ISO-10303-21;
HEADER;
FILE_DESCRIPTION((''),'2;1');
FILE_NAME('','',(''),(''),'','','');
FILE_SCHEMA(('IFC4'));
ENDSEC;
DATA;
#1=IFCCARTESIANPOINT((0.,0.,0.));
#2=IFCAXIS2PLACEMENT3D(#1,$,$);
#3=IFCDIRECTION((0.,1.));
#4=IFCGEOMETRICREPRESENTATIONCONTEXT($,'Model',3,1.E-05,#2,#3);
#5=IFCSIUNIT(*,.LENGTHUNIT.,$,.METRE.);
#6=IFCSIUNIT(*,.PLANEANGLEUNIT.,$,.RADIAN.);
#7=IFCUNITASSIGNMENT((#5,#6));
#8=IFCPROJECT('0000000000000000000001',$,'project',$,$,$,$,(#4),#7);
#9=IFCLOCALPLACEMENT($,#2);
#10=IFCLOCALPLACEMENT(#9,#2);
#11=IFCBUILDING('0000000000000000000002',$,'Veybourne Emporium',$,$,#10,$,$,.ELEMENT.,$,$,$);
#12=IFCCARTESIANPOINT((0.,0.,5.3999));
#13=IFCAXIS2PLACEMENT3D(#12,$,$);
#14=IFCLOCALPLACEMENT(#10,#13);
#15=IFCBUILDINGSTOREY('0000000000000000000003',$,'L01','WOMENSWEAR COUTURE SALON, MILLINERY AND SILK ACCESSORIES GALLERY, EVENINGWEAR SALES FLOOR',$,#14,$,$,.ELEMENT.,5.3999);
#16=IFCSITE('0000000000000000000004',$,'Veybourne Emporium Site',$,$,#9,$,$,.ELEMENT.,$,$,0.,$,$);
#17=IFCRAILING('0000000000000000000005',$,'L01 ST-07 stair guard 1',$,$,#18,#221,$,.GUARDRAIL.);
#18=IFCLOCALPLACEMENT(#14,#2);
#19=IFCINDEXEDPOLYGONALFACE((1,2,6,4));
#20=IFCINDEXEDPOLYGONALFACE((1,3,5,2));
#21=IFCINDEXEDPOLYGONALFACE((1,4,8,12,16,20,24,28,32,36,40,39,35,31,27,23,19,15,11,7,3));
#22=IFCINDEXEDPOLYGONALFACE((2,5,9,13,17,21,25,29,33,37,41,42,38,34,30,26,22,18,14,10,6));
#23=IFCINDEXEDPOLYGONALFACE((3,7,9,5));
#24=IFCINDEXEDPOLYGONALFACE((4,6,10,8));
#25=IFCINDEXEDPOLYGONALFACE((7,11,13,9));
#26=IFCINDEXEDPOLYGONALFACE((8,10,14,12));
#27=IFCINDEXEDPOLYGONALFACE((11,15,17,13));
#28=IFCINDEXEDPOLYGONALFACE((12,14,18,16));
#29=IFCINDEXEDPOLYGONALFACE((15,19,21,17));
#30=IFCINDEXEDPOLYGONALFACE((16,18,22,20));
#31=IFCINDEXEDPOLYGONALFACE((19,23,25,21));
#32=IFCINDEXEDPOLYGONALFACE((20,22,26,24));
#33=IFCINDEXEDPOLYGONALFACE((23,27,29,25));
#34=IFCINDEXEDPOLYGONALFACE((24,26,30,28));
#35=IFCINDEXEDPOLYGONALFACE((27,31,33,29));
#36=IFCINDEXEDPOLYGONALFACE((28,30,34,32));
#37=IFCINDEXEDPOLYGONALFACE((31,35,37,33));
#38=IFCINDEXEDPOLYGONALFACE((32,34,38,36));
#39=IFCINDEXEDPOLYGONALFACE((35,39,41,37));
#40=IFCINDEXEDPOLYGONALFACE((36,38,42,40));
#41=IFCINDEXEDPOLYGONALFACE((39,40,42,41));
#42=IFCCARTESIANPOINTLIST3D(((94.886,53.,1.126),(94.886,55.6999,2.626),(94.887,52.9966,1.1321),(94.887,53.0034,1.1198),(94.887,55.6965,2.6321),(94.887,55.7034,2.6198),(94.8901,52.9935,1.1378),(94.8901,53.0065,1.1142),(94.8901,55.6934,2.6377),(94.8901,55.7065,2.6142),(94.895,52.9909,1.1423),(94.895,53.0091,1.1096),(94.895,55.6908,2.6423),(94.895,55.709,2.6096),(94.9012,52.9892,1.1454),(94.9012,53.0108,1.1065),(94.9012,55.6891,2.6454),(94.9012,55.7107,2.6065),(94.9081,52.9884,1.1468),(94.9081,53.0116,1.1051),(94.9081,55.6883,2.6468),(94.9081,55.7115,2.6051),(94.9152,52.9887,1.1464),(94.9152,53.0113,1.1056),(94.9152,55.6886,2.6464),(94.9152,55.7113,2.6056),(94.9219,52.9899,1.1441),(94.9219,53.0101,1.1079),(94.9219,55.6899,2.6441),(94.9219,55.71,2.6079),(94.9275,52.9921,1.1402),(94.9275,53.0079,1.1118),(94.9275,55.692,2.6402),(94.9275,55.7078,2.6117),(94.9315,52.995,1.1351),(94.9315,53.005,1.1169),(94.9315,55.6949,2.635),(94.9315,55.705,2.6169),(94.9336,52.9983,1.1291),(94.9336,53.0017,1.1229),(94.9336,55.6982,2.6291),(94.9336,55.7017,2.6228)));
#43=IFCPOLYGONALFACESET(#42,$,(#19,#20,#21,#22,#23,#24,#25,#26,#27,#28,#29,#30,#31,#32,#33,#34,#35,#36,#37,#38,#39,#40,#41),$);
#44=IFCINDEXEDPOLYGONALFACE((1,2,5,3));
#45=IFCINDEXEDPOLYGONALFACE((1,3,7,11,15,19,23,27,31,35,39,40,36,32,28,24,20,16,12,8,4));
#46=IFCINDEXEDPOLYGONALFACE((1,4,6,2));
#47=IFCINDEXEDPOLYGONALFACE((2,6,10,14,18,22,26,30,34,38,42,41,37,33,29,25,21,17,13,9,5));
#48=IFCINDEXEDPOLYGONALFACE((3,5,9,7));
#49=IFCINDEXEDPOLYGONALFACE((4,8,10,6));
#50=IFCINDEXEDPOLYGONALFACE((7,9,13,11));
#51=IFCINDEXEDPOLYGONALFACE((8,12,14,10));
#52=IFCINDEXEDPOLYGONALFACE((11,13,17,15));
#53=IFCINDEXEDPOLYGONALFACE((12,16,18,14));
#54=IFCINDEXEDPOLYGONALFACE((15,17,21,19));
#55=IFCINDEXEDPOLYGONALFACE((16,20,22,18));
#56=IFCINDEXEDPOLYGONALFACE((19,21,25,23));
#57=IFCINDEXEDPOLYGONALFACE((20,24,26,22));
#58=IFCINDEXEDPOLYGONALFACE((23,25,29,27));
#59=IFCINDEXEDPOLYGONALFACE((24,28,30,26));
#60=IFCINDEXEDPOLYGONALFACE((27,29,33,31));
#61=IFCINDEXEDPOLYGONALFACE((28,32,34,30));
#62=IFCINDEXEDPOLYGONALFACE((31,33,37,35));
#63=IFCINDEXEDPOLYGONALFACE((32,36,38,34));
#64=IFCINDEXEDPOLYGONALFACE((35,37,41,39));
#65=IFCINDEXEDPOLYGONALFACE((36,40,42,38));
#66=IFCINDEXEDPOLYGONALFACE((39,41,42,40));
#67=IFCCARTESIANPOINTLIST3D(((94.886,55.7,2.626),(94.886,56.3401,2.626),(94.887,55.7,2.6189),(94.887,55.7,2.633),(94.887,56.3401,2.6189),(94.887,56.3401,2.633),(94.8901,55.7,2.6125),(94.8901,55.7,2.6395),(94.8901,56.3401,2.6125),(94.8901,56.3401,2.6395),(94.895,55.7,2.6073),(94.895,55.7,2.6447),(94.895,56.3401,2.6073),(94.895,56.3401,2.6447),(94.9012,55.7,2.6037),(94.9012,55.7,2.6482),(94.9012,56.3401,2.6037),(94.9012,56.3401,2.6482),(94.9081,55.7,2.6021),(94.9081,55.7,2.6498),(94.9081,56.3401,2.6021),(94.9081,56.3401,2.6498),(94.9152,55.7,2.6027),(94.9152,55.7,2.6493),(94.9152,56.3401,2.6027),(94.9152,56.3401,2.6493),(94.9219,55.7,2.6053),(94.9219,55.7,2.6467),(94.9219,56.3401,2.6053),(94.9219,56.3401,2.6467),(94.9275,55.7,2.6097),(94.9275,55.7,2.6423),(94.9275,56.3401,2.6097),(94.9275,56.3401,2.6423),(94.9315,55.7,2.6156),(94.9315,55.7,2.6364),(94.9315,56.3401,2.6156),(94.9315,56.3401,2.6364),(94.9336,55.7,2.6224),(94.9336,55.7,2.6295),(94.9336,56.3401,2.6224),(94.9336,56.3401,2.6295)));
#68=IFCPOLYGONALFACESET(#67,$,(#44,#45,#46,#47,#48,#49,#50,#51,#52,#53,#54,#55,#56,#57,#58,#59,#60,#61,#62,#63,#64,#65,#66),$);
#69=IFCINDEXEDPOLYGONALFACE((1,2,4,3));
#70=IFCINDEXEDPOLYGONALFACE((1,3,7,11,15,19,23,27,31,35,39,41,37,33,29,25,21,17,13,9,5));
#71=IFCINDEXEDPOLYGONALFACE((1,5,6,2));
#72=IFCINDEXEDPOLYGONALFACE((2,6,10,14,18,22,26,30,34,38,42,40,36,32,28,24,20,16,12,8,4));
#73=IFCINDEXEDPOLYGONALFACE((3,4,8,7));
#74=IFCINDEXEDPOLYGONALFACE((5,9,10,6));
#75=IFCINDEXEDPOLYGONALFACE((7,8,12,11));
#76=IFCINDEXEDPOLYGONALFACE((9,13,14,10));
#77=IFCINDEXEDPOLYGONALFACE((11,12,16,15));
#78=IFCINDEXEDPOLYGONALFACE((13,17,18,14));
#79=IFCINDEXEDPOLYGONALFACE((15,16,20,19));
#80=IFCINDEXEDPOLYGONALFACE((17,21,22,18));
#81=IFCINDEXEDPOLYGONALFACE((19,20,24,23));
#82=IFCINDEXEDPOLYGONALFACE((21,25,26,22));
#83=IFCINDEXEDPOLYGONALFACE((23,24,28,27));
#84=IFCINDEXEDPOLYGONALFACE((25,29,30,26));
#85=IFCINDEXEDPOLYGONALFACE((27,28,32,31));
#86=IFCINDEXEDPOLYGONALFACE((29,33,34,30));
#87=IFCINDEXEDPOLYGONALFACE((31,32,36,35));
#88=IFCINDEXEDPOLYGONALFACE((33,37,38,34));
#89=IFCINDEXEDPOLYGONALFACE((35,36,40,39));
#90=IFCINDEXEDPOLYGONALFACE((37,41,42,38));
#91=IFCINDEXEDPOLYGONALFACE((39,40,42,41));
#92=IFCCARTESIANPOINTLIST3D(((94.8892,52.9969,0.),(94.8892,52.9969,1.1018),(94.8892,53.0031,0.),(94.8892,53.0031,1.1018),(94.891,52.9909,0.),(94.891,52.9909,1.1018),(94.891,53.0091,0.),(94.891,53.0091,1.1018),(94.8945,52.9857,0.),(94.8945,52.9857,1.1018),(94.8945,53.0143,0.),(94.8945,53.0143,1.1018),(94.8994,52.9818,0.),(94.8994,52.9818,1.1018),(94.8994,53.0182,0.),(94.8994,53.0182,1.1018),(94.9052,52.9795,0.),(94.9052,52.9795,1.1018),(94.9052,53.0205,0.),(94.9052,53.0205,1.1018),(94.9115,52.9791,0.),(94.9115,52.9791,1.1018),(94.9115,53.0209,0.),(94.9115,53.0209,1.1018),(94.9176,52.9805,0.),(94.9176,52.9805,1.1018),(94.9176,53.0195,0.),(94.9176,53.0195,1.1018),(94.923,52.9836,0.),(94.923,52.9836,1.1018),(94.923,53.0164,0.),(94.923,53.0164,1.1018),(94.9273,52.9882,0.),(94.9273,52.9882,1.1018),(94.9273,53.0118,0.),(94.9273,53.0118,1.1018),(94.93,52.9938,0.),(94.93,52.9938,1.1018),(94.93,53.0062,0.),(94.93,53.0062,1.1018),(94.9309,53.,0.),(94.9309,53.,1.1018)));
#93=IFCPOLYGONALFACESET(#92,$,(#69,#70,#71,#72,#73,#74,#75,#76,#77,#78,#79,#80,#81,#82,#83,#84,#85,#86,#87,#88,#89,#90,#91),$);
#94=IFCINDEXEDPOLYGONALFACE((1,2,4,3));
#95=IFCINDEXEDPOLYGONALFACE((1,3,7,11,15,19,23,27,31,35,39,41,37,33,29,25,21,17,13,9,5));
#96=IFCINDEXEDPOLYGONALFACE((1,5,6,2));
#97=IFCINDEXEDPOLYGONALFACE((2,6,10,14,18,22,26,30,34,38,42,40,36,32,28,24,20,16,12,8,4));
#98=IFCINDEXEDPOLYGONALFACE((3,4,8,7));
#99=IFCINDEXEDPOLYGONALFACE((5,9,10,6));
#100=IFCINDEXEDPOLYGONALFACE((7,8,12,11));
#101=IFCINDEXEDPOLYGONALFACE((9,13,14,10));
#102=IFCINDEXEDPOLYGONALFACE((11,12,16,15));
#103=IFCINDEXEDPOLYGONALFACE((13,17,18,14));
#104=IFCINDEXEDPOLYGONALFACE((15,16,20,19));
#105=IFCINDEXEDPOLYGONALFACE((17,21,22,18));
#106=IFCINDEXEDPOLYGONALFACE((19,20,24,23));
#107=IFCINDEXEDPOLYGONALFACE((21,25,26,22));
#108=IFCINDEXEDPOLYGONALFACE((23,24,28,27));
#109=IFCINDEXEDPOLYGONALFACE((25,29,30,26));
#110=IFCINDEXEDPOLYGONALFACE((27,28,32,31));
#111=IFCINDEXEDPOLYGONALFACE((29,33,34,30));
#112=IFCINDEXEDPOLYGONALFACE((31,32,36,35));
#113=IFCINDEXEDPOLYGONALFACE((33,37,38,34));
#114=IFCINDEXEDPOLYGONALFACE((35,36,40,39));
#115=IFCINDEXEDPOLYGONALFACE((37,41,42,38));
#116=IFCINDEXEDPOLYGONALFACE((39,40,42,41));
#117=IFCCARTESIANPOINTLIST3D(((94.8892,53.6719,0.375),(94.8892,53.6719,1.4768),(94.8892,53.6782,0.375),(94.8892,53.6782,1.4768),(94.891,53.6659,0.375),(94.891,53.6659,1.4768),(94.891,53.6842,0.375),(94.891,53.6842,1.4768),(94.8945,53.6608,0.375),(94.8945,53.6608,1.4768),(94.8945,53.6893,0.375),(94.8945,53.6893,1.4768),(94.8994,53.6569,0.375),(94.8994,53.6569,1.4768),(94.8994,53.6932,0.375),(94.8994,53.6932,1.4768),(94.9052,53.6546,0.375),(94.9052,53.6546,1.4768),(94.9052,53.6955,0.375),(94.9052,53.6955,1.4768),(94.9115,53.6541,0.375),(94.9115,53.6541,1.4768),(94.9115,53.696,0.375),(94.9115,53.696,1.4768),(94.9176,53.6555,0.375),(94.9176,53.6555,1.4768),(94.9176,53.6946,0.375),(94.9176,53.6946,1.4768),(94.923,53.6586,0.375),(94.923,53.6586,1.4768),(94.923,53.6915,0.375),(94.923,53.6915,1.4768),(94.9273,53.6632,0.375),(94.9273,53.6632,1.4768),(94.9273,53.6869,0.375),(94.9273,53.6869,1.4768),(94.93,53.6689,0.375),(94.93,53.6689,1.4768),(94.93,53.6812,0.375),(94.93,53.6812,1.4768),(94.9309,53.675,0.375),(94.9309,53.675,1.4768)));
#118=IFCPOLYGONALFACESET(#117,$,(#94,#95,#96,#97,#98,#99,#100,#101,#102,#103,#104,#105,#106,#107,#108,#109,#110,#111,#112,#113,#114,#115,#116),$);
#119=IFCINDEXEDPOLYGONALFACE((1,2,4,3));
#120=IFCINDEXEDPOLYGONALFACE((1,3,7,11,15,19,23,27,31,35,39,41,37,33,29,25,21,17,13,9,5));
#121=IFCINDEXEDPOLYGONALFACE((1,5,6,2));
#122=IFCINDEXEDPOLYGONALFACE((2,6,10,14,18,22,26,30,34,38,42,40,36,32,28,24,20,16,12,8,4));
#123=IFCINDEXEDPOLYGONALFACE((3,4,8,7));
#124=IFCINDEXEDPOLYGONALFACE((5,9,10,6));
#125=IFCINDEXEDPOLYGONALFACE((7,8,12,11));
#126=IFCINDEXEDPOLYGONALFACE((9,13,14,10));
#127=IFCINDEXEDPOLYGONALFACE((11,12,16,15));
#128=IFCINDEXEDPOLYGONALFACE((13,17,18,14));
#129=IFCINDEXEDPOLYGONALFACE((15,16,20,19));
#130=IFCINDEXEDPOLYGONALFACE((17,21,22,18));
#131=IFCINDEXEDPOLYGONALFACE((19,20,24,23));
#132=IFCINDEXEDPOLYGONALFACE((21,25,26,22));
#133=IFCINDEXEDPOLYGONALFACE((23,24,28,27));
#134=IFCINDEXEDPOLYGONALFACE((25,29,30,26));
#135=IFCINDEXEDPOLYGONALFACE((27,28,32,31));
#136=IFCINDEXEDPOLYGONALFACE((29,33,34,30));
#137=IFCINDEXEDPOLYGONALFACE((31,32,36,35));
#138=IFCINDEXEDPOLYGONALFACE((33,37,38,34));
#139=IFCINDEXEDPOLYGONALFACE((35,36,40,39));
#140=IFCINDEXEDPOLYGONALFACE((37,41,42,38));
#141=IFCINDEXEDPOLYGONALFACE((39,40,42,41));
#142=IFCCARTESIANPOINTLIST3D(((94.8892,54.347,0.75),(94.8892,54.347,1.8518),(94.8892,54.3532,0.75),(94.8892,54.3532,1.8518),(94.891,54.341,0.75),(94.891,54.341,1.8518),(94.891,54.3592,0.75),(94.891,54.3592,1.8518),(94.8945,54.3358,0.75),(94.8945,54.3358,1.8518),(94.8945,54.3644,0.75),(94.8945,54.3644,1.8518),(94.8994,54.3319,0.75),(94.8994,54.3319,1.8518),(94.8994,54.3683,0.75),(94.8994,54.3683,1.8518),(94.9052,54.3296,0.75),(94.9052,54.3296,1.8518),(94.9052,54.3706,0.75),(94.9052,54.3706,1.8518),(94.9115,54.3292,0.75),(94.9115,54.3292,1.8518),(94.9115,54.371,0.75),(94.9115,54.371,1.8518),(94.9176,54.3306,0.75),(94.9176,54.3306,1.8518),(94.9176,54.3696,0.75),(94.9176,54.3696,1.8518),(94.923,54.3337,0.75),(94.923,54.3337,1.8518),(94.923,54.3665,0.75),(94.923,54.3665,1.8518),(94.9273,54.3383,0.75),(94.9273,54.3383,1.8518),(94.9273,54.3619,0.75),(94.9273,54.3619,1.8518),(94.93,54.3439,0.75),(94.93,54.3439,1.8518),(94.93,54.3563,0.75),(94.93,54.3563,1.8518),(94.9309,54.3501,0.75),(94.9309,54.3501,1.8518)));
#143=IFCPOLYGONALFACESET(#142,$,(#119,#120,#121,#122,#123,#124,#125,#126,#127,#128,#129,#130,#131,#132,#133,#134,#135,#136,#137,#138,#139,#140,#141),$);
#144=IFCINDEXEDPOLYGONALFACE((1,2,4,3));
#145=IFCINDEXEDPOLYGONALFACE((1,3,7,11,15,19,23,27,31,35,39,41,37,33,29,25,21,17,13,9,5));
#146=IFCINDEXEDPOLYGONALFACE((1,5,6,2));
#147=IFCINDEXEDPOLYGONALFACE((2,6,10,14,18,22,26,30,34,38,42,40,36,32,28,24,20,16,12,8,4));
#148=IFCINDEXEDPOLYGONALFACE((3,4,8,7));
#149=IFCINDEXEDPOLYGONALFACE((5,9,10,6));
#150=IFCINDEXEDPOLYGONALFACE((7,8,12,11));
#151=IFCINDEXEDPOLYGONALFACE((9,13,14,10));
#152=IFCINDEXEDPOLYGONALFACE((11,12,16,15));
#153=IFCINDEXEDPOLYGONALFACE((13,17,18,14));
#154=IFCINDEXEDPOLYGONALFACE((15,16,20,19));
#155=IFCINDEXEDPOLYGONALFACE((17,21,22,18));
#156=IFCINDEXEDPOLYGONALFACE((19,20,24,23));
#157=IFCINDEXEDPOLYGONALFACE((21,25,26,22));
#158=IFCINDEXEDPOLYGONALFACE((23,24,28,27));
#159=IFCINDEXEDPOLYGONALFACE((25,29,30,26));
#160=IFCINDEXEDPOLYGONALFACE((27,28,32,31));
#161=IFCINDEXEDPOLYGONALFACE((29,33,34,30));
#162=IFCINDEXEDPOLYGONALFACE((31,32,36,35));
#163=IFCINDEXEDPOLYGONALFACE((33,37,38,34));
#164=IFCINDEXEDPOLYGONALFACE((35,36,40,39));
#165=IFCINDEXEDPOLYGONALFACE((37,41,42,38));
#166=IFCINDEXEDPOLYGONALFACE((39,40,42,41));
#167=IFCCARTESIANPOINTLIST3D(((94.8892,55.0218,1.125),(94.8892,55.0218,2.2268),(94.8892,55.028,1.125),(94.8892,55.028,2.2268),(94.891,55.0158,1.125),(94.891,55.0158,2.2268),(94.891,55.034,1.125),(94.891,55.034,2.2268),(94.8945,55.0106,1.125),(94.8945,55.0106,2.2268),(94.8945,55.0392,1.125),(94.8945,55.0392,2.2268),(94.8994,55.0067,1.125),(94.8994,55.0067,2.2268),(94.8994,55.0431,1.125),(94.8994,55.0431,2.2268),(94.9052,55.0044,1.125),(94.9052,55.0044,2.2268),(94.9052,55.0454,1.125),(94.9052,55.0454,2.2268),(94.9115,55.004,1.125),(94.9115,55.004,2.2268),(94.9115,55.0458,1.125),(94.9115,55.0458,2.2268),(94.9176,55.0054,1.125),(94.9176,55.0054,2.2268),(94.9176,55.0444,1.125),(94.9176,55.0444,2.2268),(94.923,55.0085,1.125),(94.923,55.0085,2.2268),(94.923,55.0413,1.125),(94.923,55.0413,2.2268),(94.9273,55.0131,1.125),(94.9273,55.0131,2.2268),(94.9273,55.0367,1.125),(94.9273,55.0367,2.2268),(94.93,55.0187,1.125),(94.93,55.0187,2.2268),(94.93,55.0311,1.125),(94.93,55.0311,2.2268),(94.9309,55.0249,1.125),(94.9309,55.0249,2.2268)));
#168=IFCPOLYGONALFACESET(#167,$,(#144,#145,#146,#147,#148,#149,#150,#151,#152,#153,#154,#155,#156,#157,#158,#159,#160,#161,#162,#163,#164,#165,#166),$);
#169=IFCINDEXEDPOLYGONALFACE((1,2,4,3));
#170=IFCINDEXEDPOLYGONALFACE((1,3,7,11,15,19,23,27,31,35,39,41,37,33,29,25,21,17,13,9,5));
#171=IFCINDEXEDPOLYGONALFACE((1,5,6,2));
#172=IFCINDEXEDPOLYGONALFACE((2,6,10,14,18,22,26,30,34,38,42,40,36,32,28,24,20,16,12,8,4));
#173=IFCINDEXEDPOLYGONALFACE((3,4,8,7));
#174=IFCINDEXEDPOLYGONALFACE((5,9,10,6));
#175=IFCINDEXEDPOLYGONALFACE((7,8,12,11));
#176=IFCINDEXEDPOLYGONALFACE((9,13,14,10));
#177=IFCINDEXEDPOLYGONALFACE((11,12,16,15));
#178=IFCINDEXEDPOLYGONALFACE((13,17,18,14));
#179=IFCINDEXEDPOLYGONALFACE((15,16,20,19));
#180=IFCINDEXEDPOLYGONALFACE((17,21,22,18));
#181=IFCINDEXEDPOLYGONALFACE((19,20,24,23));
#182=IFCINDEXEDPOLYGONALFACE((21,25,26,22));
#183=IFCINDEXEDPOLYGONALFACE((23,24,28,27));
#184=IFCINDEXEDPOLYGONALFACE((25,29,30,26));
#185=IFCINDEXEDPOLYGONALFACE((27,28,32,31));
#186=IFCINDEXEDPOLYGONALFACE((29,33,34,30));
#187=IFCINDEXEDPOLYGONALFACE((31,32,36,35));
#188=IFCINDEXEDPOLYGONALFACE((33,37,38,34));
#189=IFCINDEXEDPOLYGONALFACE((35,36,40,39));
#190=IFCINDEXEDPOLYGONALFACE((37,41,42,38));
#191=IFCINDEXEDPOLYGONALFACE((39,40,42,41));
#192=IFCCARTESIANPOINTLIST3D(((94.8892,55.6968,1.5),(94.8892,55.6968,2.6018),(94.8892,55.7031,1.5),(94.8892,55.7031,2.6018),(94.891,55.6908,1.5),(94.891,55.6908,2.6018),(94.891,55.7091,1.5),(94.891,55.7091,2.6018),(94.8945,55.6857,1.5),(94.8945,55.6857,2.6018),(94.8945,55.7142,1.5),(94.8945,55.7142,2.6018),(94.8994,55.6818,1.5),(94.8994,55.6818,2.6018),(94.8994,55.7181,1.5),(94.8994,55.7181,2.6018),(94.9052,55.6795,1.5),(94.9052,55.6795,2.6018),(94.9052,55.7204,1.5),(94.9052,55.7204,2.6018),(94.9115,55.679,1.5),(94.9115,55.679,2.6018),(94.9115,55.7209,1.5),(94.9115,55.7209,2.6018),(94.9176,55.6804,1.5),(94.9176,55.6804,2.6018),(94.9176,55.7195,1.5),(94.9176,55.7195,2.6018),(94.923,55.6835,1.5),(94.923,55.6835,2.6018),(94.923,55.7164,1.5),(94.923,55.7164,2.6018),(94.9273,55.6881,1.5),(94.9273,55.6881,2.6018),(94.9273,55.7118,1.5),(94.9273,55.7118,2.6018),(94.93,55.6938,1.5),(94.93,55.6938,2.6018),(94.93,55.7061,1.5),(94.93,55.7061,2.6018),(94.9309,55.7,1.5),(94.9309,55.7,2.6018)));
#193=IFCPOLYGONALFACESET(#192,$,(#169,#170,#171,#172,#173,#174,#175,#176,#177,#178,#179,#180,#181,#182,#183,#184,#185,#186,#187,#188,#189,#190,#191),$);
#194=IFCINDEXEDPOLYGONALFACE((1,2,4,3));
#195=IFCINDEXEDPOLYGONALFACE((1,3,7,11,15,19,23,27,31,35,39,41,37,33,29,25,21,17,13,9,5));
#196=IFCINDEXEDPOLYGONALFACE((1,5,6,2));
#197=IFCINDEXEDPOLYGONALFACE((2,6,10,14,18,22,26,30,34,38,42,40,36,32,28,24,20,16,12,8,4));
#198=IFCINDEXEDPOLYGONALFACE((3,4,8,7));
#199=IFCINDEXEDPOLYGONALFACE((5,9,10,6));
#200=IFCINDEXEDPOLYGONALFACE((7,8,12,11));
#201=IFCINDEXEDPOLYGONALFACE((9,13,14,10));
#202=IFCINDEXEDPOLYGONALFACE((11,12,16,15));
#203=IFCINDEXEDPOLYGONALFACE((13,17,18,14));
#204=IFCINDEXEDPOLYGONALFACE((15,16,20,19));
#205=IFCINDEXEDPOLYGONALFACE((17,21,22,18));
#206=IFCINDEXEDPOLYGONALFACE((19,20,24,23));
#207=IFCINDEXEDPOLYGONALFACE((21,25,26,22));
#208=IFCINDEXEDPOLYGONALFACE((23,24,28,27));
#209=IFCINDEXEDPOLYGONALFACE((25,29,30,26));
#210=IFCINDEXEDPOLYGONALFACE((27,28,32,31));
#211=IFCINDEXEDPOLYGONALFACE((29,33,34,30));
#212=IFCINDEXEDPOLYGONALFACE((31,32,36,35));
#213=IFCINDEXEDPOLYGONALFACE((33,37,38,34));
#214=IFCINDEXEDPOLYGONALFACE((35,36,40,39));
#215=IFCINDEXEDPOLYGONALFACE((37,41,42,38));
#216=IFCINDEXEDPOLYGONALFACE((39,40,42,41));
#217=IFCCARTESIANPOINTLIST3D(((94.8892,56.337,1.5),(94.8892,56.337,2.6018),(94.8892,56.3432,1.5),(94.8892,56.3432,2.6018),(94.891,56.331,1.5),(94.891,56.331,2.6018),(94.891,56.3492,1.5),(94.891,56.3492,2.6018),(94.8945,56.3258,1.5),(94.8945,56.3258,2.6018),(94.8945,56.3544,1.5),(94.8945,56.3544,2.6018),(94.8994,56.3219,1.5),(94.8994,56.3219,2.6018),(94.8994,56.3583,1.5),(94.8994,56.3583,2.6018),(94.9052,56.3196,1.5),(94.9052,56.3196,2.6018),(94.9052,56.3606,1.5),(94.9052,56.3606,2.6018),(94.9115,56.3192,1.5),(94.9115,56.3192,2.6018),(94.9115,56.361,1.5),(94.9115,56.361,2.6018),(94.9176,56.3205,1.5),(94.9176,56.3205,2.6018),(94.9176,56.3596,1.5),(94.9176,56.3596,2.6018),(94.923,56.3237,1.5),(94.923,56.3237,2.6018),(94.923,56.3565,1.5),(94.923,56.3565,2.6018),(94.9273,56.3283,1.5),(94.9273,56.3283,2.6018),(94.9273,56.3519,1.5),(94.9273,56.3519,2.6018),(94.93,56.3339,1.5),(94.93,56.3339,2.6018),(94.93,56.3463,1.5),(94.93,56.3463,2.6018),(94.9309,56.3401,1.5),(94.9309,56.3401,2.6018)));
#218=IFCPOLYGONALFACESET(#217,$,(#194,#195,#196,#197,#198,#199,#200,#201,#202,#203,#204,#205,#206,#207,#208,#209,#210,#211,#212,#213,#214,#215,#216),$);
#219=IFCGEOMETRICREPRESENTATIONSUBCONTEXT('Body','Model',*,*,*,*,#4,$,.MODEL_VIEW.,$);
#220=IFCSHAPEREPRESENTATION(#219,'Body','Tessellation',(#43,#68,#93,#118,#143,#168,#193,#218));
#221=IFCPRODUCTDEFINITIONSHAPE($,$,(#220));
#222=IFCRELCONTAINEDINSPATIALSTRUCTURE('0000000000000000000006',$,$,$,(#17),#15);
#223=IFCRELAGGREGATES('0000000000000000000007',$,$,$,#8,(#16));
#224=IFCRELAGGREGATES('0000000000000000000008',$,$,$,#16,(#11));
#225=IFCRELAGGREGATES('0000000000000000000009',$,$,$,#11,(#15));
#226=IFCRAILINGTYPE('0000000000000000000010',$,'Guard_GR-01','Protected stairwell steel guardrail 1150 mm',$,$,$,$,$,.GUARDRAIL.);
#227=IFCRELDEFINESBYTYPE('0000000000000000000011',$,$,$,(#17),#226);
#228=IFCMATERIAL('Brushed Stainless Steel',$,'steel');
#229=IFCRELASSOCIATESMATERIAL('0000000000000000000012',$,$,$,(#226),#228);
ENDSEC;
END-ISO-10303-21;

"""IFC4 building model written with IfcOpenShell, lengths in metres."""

from ifc_helpers import new_model, si_unit, direction, frame, origin, origin_2d, place, context, subcontext, project, spatial, circle, extrude, material, type_object, element, save


model = new_model("IFC4")

# Units and contexts
model_context = context("Model", 3, precision=1e-05, world=origin(), true_north=direction((0.0, 1.0)))
body_context = subcontext(model_context, "Body", "Model", "MODEL_VIEW")
ifc_project = project(units=[si_unit("LENGTHUNIT", "METRE"), si_unit("PLANEANGLEUNIT", "RADIAN")], contexts=[model_context])

# Site, building, storey
site_placement = place(None, origin())
site = spatial("IfcSite", under=ifc_project, at=site_placement, Name="Veybourne Emporium Site", CompositionType="ELEMENT", RefElevation=0.0)
building_placement = place(site_placement, origin())
building = spatial("IfcBuilding", under=site, at=building_placement, Name="Veybourne Emporium", CompositionType="ELEMENT")
storey_placement = place(building_placement, frame((0.0, 0.0, 5.3999)))
storey = spatial("IfcBuildingStorey", under=building, at=storey_placement, Name="L01", Description="WOMENSWEAR COUTURE SALON, MILLINERY AND SILK ACCESSORIES GALLERY, EVENINGWEAR SALES FLOOR", CompositionType="ELEMENT", Elevation=5.3999)

# Railing
ifc_material_1 = material(Name="Brushed Stainless Steel", Category="steel")
railing_type_1 = type_object("IfcRailingType", Name="Guard_GR-01", Description="Protected stairwell steel guardrail 1150 mm", PredefinedType="GUARDRAIL", material=ifc_material_1)
railing_1_placement = place(storey_placement, frame((94.9099, 53.0, 0.0)))
element("IfcRailing", 1, at=railing_1_placement, inside=storey, type_object=railing_type_1, Name="L01 ST-07 stair guard 1", PredefinedType="GUARDRAIL", context=body_context, shape_type="SweptSolid", body=[
    extrude(circle(Radius=0.0239, at=origin_2d()), frame((0.0, 0.0, 1.126), z_axis=(0.0, 0.874154, 0.48565), x_axis=(-1.0, 0.0, 0.0)), (0.0, 0.0, 1.0), 3.0886),
    extrude(circle(Radius=0.0239, at=origin_2d()), frame((0.0, 2.7, 2.626), z_axis=(0.0, 1.0, 0.0), x_axis=(-1.0, 0.0, 0.0)), (0.0, 0.0, 1.0), 0.6401),
    extrude(circle(Radius=0.021, at=origin_2d()), origin(), (0.0, 0.0, 1.0), 1.1018),
    extrude(circle(Radius=0.021, at=origin_2d()), frame((0.0, 0.675, 0.375)), (0.0, 0.0, 1.0), 1.1018),
    extrude(circle(Radius=0.021, at=origin_2d()), frame((0.0, 1.3501, 0.75)), (0.0, 0.0, 1.0), 1.1018),
    extrude(circle(Radius=0.021, at=origin_2d()), frame((0.0, 2.0249, 1.125)), (0.0, 0.0, 1.0), 1.1018),
    extrude(circle(Radius=0.021, at=origin_2d()), frame((0.0, 2.7, 1.5)), (0.0, 0.0, 1.0), 1.1018),
    extrude(circle(Radius=0.021, at=origin_2d()), frame((0.0, 3.3401, 1.5)), (0.0, 0.0, 1.0), 1.1018),
])

save(model, "model.ifc")
